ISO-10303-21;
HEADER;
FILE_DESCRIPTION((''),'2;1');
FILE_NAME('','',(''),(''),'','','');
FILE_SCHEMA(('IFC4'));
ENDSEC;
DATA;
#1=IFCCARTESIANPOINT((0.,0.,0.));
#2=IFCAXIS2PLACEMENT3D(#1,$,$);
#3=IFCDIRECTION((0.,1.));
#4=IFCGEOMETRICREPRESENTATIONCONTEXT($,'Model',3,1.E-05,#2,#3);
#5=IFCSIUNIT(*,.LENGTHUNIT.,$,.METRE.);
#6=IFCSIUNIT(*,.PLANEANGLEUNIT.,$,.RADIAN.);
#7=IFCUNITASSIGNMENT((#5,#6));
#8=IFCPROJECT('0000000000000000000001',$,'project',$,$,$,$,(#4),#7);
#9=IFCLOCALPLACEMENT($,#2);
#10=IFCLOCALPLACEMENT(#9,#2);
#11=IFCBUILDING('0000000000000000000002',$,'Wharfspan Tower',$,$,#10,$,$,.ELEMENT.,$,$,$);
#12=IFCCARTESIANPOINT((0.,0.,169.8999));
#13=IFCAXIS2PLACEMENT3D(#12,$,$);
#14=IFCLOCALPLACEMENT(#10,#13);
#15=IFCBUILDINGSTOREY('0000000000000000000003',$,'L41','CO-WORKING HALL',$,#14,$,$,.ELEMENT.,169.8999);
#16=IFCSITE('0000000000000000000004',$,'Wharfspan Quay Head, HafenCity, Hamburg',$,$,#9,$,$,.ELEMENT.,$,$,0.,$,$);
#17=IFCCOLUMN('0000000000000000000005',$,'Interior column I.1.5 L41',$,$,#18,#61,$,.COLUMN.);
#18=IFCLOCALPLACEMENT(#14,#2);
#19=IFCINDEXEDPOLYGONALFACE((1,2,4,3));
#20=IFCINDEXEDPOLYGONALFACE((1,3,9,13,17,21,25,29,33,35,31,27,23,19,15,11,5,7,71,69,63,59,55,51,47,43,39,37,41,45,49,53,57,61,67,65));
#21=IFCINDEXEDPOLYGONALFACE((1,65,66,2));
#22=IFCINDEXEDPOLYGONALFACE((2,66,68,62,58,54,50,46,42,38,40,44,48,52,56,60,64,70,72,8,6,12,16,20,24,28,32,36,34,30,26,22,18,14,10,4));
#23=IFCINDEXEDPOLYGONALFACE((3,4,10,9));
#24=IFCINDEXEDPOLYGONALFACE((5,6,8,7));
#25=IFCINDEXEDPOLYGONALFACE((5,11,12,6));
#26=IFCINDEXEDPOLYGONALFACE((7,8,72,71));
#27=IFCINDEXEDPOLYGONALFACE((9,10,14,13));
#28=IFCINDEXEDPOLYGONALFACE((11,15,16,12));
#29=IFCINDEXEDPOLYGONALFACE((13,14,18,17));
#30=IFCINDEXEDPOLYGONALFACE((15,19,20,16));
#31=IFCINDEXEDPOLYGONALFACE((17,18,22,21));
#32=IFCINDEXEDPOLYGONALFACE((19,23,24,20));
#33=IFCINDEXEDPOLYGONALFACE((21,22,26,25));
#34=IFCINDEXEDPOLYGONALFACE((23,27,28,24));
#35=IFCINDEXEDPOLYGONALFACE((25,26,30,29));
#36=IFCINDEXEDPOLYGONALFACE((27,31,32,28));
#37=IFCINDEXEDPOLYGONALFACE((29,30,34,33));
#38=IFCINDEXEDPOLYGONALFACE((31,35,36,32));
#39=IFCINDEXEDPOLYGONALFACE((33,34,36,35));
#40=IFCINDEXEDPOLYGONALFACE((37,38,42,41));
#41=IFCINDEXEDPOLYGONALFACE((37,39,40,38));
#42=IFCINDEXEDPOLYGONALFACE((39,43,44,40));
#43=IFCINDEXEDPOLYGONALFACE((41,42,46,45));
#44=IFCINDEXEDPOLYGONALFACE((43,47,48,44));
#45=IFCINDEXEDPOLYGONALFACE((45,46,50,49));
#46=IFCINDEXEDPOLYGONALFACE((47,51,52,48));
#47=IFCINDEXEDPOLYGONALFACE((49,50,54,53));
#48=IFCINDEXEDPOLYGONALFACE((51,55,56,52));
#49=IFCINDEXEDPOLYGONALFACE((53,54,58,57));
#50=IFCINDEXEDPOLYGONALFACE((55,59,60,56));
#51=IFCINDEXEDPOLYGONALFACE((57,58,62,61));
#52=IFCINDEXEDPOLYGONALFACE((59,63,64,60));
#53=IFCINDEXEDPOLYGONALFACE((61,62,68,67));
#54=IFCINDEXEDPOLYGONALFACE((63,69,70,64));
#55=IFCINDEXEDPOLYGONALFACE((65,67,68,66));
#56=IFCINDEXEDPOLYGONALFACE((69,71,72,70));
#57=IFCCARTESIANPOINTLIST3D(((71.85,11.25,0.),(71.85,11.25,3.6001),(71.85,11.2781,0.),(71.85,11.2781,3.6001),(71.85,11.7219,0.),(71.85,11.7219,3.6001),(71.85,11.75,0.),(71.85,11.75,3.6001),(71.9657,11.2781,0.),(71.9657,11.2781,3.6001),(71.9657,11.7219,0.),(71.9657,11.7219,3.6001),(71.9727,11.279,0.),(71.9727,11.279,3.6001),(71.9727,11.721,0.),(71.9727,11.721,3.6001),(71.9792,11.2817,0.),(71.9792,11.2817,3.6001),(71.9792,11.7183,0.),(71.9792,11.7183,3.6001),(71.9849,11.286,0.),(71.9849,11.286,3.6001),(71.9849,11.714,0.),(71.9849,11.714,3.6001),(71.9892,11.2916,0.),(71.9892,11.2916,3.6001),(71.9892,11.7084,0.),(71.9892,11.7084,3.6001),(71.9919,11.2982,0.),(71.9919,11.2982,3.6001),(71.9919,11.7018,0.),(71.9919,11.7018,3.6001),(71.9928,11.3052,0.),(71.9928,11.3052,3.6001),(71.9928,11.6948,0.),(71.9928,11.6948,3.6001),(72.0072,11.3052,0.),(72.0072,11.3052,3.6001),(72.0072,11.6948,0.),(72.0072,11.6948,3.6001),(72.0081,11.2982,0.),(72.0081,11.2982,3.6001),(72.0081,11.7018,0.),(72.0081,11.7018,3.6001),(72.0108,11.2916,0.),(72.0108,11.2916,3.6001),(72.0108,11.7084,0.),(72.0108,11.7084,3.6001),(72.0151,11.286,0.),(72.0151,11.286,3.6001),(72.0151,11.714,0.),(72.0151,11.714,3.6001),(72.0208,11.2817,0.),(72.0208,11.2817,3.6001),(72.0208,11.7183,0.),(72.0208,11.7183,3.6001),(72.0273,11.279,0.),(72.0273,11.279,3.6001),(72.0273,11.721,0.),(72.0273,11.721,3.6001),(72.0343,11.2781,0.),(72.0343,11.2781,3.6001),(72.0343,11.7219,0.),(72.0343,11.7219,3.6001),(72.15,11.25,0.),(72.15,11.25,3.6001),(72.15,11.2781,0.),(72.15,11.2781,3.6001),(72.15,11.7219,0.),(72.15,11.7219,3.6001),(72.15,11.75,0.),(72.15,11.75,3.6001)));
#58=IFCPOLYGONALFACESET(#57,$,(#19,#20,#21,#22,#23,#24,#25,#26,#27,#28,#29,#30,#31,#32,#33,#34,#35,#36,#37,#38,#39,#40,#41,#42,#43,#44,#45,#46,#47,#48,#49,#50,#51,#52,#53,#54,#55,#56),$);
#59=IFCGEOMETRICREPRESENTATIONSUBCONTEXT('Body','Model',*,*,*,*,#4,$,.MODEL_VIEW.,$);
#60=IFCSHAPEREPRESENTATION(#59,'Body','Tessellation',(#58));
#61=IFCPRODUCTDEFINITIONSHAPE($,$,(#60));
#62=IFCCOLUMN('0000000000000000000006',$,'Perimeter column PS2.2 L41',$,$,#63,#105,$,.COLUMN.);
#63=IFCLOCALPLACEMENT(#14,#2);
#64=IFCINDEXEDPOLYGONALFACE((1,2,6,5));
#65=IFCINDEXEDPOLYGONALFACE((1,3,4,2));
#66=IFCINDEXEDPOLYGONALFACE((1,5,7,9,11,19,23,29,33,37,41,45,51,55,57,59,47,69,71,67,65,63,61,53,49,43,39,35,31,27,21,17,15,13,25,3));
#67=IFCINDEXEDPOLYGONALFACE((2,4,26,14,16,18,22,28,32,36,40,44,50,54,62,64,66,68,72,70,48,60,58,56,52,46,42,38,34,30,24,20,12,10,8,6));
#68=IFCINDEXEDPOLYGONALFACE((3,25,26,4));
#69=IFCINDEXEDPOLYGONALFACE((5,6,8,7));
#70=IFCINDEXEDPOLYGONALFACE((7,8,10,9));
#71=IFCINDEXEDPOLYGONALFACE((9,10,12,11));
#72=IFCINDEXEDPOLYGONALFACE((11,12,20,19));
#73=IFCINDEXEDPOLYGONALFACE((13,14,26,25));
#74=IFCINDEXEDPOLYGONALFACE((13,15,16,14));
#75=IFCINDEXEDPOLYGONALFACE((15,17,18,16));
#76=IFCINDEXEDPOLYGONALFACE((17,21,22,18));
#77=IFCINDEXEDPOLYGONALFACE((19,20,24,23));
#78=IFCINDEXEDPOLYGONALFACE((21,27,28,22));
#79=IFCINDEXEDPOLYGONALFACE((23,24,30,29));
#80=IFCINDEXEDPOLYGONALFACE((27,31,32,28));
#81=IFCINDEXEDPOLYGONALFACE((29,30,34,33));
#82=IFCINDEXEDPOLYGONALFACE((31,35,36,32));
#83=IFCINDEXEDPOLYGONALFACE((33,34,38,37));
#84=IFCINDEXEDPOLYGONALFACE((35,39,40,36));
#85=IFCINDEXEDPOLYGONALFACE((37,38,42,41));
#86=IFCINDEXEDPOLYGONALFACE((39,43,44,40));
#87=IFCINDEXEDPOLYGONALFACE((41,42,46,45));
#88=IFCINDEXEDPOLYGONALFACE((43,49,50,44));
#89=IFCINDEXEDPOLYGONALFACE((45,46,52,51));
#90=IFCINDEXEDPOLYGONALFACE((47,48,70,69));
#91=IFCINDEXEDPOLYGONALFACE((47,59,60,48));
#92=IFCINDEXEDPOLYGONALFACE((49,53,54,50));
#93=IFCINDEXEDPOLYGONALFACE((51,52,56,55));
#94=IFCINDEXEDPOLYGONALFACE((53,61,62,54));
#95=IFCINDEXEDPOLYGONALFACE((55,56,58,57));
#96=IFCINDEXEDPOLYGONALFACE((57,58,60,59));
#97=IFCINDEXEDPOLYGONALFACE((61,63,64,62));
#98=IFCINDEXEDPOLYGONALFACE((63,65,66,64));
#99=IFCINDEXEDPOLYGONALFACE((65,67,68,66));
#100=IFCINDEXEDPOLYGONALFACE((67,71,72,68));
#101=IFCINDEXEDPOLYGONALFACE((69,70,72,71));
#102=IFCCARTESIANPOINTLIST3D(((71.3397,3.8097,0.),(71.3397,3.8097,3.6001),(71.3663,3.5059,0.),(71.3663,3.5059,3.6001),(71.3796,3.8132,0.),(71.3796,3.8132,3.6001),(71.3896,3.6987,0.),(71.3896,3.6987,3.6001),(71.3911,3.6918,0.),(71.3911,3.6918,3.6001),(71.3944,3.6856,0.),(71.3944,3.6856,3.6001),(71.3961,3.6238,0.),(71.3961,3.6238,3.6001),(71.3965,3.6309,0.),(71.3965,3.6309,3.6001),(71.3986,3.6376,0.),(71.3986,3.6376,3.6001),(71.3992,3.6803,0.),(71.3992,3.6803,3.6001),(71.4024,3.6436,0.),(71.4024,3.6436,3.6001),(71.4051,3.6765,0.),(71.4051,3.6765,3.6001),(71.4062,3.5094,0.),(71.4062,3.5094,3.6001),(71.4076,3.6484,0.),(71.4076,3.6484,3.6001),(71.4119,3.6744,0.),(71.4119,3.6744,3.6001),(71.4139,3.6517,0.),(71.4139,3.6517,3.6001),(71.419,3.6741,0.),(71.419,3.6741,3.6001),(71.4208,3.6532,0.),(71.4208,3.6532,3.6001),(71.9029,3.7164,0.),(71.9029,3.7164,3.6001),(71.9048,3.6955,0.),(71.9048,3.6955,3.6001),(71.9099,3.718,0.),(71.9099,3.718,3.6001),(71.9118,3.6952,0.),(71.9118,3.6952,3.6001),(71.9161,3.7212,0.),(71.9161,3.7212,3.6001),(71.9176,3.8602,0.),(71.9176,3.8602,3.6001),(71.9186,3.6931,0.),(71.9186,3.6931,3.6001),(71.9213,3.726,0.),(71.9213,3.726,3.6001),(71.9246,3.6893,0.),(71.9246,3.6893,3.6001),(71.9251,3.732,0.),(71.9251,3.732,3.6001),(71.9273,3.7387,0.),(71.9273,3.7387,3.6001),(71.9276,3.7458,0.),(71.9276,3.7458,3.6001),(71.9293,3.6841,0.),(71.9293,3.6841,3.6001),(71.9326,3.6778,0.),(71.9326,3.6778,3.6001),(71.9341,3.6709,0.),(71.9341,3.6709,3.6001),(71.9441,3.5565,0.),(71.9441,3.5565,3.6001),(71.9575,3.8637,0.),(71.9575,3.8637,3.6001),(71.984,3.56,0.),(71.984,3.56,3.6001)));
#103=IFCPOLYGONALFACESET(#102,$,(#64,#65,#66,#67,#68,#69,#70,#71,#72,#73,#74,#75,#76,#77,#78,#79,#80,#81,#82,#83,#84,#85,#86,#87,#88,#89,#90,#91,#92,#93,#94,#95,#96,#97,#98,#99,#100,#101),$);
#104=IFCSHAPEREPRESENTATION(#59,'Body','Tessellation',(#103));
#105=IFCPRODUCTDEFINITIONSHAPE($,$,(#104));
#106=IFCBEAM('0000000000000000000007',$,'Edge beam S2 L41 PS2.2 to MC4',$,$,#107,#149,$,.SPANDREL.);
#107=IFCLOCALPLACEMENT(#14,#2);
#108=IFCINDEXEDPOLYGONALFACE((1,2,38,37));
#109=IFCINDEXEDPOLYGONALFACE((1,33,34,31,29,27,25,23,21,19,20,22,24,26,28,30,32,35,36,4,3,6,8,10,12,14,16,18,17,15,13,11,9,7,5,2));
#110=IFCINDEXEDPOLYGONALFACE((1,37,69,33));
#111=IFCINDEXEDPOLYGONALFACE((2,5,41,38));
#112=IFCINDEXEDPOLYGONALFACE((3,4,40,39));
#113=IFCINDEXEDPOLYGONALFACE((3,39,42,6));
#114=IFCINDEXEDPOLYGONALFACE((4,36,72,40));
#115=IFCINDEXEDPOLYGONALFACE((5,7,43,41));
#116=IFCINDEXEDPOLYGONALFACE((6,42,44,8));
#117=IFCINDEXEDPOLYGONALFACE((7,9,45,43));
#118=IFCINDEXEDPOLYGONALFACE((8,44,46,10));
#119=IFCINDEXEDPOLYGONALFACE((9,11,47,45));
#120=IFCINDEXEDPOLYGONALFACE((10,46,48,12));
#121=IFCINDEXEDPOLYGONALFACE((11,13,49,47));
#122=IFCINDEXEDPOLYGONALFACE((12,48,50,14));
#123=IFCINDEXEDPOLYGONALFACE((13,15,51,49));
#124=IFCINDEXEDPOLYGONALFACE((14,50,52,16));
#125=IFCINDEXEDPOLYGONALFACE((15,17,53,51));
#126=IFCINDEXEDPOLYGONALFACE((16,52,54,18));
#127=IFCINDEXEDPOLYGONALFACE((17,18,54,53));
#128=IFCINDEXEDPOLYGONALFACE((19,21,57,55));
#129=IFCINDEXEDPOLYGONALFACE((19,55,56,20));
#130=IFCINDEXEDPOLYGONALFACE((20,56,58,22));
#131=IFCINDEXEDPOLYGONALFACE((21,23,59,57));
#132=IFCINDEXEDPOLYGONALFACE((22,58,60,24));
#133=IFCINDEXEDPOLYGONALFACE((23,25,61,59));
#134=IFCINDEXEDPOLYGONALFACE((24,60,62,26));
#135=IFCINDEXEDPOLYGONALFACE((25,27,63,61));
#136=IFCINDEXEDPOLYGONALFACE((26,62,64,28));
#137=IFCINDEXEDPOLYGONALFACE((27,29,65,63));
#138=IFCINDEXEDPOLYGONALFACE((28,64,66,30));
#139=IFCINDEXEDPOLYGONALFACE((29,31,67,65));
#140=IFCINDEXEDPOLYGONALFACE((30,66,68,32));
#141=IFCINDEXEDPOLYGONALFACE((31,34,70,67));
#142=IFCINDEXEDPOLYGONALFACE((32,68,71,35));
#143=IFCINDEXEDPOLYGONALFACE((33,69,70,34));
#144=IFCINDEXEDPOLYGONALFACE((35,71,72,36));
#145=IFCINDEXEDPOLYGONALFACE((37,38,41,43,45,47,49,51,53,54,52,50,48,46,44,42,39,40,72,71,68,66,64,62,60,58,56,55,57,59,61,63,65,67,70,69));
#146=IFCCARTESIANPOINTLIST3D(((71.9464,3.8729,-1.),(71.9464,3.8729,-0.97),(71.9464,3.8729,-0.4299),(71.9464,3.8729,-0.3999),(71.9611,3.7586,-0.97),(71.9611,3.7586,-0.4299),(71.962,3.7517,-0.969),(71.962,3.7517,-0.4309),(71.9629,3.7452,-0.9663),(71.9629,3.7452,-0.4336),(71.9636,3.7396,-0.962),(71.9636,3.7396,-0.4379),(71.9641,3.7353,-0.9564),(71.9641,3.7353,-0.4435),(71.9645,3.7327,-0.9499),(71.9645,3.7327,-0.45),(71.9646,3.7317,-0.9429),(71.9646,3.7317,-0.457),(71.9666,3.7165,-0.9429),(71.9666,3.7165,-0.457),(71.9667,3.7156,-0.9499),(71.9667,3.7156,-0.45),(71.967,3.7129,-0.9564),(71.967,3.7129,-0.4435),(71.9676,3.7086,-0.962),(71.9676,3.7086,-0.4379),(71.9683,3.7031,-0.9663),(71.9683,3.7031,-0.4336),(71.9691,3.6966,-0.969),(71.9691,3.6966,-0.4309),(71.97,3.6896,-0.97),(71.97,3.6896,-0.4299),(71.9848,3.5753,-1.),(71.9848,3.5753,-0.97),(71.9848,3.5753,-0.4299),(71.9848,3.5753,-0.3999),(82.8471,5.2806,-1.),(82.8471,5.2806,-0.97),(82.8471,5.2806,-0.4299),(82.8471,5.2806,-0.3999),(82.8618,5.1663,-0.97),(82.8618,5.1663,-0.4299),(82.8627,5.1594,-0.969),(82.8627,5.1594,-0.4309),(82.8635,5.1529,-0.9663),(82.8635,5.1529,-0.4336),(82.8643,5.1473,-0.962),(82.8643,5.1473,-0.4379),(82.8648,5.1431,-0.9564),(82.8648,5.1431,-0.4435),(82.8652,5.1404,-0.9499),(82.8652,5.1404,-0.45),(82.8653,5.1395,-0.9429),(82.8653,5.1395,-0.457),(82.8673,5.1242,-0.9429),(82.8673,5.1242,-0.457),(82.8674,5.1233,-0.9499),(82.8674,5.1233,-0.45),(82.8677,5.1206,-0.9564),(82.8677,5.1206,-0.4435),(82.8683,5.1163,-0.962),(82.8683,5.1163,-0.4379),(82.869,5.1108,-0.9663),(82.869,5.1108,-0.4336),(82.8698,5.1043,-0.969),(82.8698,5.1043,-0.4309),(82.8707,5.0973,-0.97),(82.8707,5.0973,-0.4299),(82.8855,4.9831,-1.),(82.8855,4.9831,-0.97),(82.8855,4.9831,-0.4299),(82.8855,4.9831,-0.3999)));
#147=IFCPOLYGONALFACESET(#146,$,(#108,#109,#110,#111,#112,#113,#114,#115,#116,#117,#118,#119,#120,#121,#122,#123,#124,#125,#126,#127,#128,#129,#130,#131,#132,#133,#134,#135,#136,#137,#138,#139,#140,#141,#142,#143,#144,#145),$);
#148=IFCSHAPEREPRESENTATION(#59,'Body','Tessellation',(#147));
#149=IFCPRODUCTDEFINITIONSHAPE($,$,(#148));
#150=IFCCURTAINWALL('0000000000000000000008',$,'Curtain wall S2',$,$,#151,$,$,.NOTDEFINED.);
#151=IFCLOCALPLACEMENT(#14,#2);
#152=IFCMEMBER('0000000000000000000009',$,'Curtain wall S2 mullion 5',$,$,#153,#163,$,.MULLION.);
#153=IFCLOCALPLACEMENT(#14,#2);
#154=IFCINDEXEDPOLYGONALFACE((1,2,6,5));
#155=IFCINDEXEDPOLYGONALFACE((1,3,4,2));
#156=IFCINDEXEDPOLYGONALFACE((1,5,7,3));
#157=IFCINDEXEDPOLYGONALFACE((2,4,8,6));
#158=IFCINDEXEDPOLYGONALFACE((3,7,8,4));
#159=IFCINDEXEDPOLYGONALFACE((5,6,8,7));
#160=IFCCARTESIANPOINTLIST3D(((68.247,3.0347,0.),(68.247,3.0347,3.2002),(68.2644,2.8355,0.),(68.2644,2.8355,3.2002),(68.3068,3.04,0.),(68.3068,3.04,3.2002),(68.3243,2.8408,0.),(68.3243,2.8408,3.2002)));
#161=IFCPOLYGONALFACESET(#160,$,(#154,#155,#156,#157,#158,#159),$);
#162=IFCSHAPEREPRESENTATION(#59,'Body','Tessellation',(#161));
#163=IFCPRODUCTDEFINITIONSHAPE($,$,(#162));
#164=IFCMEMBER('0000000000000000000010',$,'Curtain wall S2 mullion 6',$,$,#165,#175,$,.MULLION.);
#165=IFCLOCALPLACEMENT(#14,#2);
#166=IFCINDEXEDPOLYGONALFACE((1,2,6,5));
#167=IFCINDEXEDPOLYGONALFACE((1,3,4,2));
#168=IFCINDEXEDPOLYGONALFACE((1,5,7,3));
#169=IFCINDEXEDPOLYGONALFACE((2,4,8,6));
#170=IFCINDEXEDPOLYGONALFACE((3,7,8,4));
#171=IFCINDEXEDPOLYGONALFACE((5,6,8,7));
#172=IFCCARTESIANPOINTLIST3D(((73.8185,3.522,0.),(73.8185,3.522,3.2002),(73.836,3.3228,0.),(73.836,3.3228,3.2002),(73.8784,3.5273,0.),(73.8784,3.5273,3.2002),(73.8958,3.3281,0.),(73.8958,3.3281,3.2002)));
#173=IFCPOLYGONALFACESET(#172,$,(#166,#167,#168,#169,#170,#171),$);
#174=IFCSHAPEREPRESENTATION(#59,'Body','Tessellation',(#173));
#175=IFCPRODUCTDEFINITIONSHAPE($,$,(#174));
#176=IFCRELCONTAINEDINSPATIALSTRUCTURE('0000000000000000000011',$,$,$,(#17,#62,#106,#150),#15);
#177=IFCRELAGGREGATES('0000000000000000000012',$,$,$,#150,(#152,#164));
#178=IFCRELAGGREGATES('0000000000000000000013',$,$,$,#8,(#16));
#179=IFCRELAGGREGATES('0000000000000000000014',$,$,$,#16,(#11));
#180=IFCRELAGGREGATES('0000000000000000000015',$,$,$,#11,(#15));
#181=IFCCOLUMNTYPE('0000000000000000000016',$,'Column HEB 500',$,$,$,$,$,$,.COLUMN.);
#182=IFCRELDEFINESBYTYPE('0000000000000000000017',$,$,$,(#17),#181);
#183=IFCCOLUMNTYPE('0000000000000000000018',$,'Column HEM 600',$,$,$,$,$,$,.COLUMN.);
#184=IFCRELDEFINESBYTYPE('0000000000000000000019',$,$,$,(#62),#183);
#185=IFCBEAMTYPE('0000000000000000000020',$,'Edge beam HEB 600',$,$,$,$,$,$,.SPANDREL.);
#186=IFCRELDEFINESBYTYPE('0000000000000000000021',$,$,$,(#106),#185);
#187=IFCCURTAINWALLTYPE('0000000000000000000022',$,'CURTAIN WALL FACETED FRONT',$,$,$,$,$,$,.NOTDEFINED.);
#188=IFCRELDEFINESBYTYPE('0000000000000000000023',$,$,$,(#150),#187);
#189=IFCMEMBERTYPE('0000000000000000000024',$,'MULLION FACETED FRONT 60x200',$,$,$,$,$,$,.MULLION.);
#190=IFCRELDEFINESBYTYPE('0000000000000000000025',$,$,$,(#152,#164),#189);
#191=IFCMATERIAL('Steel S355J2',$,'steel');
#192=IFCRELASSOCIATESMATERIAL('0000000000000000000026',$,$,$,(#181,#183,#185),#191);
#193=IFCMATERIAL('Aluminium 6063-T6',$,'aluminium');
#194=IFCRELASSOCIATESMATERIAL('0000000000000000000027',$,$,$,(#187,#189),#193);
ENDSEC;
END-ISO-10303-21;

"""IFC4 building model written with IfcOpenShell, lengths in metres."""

from ifc_helpers import new_model, si_unit, direction, frame, origin, origin_2d, place, context, subcontext, project, spatial, rectangle, i_section, extrude, material, material_profile, profile_set, type_object, element, aggregate, save


model = new_model("IFC4")

# Units and contexts
model_context = context("Model", 3, precision=1e-05, world=origin(), true_north=direction((0.0, 1.0)))
body_context = subcontext(model_context, "Body", "Model", "MODEL_VIEW")
ifc_project = project(units=[si_unit("LENGTHUNIT", "METRE"), si_unit("PLANEANGLEUNIT", "RADIAN")], contexts=[model_context])

# Site, building, storey
site_placement = place(None, origin())
site = spatial("IfcSite", under=ifc_project, at=site_placement, Name="Wharfspan Quay Head, HafenCity, Hamburg", CompositionType="ELEMENT", RefElevation=0.0)
building_placement = place(site_placement, origin())
building = spatial("IfcBuilding", under=site, at=building_placement, Name="Wharfspan Tower", CompositionType="ELEMENT")
storey_placement = place(building_placement, frame((0.0, 0.0, 169.8999)))
storey = spatial("IfcBuildingStorey", under=building, at=storey_placement, Name="L41", Description="CO-WORKING HALL", CompositionType="ELEMENT", Elevation=169.8999)

# Columns
ifc_material_1 = material(Name="Steel S355J2", Category="steel")
ifc_material_profile_1 = material_profile(ifc_material_1, i_section(OverallWidth=0.3, OverallDepth=0.5, WebThickness=0.0144, FlangeThickness=0.0281, FilletRadius=0.0271, at=origin_2d()))
ifc_profile_set_1 = profile_set([ifc_material_profile_1], Name="Steel S355J2")
column_type_1 = type_object("IfcColumnType", Name="Column HEB 500", PredefinedType="COLUMN", material=ifc_profile_set_1)
column_1_placement = place(storey_placement, frame((72.0, 11.5, 0.0), z_axis=(0.0, 0.0, 1.0), x_axis=(1.0, 0.0, 0.0)))
element("IfcColumn", 1, at=column_1_placement, inside=storey, type_object=column_type_1, Name="Interior column I.1.5 L41", PredefinedType="COLUMN", context=body_context, shape_type="SweptSolid", body=[
    extrude(i_section(OverallWidth=0.3, OverallDepth=0.5, WebThickness=0.0144, FlangeThickness=0.0281, FilletRadius=0.0271, at=origin_2d()), origin(), (0.0, 0.0, 1.0), 3.6001),
])
ifc_material_profile_2 = material_profile(ifc_material_1, i_section(OverallWidth=0.3049, OverallDepth=0.6201, WebThickness=0.021, FlangeThickness=0.04, FilletRadius=0.0271, at=origin_2d()))
ifc_profile_set_2 = profile_set([ifc_material_profile_2], Name="Steel S355J2")
column_type_2 = type_object("IfcColumnType", Name="Column HEM 600", PredefinedType="COLUMN", material=ifc_profile_set_2)
column_2_placement = place(storey_placement, frame((71.6619, 3.6848, 0.0), z_axis=(0.0, 0.0, 1.0), x_axis=(0.087156, -0.996198, 0.0)))
element("IfcColumn", 2, at=column_2_placement, inside=storey, type_object=column_type_2, Name="Perimeter column PS2.2 L41", PredefinedType="COLUMN", context=body_context, shape_type="SweptSolid", body=[
    extrude(i_section(OverallWidth=0.3049, OverallDepth=0.6201, WebThickness=0.021, FlangeThickness=0.04, FilletRadius=0.0271, at=origin_2d()), origin(), (0.0, 0.0, 1.0), 3.6001),
])

# Beam
ifc_material_profile_3 = material_profile(ifc_material_1, i_section(OverallWidth=0.3, OverallDepth=0.6001, WebThickness=0.0154, FlangeThickness=0.03, FilletRadius=0.0271, at=origin_2d()))
ifc_profile_set_3 = profile_set([ifc_material_profile_3], Name="Steel S355J2")
beam_type = type_object("IfcBeamType", Name="Edge beam HEB 600", PredefinedType="SPANDREL", material=ifc_profile_set_3)
beam_placement = place(storey_placement, frame((71.9656, 3.7241, -0.7), z_axis=(0.991764, 0.128077, 0.0), x_axis=(-0.128077, 0.991764, 0.0)))
element("IfcBeam", 3, at=beam_placement, inside=storey, type_object=beam_type, Name="Edge beam S2 L41 PS2.2 to MC4", PredefinedType="SPANDREL", context=body_context, shape_type="SweptSolid", body=[
    extrude(i_section(OverallWidth=0.3, OverallDepth=0.6001, WebThickness=0.0154, FlangeThickness=0.03, FilletRadius=0.0271, at=origin_2d()), origin(), (0.0, 0.0, 1.0), 10.9912),
])

# Curtain wall, members
ifc_material_2 = material(Name="Aluminium 6063-T6", Category="aluminium")
curtain_wall_type = type_object("IfcCurtainWallType", Name="CURTAIN WALL FACETED FRONT", PredefinedType="NOTDEFINED", material=ifc_material_2)
curtain_wall_placement = place(storey_placement, origin())
curtain_wall = element("IfcCurtainWall", 4, at=curtain_wall_placement, inside=storey, type_object=curtain_wall_type, Name="Curtain wall S2", PredefinedType="NOTDEFINED")
ifc_material_profile_4 = material_profile(ifc_material_2, rectangle(XDim=0.2, YDim=0.0601, at=origin_2d()))
ifc_profile_set_4 = profile_set([ifc_material_profile_4], Name="Aluminium 6063-T6")
member_type_1 = type_object("IfcMemberType", Name="MULLION FACETED FRONT 60x200", PredefinedType="MULLION", material=ifc_profile_set_4)
member_1_placement = place(storey_placement, frame((68.2856, 2.9377, 0.0), z_axis=(0.0, 0.0, 1.0), x_axis=(-0.087156, 0.996198, 0.0)))
member_1 = element("IfcMember", 5, at=member_1_placement, type_object=member_type_1, Name="Curtain wall S2 mullion 5", PredefinedType="MULLION", context=body_context, shape_type="SweptSolid", body=[
    extrude(rectangle(XDim=0.2, YDim=0.0601, at=origin_2d()), origin(), (0.0, 0.0, 1.0), 3.2002),
])
member_2_placement = place(storey_placement, frame((73.8572, 3.425, 0.0), z_axis=(0.0, 0.0, 1.0), x_axis=(-0.087156, 0.996198, 0.0)))
member_2 = element("IfcMember", 6, at=member_2_placement, type_object=member_type_1, Name="Curtain wall S2 mullion 6", PredefinedType="MULLION", context=body_context, shape_type="SweptSolid", body=[
    extrude(rectangle(XDim=0.2, YDim=0.0601, at=origin_2d()), origin(), (0.0, 0.0, 1.0), 3.2002),
])

aggregate(curtain_wall, [member_1, member_2])

save(model, "model.ifc")
